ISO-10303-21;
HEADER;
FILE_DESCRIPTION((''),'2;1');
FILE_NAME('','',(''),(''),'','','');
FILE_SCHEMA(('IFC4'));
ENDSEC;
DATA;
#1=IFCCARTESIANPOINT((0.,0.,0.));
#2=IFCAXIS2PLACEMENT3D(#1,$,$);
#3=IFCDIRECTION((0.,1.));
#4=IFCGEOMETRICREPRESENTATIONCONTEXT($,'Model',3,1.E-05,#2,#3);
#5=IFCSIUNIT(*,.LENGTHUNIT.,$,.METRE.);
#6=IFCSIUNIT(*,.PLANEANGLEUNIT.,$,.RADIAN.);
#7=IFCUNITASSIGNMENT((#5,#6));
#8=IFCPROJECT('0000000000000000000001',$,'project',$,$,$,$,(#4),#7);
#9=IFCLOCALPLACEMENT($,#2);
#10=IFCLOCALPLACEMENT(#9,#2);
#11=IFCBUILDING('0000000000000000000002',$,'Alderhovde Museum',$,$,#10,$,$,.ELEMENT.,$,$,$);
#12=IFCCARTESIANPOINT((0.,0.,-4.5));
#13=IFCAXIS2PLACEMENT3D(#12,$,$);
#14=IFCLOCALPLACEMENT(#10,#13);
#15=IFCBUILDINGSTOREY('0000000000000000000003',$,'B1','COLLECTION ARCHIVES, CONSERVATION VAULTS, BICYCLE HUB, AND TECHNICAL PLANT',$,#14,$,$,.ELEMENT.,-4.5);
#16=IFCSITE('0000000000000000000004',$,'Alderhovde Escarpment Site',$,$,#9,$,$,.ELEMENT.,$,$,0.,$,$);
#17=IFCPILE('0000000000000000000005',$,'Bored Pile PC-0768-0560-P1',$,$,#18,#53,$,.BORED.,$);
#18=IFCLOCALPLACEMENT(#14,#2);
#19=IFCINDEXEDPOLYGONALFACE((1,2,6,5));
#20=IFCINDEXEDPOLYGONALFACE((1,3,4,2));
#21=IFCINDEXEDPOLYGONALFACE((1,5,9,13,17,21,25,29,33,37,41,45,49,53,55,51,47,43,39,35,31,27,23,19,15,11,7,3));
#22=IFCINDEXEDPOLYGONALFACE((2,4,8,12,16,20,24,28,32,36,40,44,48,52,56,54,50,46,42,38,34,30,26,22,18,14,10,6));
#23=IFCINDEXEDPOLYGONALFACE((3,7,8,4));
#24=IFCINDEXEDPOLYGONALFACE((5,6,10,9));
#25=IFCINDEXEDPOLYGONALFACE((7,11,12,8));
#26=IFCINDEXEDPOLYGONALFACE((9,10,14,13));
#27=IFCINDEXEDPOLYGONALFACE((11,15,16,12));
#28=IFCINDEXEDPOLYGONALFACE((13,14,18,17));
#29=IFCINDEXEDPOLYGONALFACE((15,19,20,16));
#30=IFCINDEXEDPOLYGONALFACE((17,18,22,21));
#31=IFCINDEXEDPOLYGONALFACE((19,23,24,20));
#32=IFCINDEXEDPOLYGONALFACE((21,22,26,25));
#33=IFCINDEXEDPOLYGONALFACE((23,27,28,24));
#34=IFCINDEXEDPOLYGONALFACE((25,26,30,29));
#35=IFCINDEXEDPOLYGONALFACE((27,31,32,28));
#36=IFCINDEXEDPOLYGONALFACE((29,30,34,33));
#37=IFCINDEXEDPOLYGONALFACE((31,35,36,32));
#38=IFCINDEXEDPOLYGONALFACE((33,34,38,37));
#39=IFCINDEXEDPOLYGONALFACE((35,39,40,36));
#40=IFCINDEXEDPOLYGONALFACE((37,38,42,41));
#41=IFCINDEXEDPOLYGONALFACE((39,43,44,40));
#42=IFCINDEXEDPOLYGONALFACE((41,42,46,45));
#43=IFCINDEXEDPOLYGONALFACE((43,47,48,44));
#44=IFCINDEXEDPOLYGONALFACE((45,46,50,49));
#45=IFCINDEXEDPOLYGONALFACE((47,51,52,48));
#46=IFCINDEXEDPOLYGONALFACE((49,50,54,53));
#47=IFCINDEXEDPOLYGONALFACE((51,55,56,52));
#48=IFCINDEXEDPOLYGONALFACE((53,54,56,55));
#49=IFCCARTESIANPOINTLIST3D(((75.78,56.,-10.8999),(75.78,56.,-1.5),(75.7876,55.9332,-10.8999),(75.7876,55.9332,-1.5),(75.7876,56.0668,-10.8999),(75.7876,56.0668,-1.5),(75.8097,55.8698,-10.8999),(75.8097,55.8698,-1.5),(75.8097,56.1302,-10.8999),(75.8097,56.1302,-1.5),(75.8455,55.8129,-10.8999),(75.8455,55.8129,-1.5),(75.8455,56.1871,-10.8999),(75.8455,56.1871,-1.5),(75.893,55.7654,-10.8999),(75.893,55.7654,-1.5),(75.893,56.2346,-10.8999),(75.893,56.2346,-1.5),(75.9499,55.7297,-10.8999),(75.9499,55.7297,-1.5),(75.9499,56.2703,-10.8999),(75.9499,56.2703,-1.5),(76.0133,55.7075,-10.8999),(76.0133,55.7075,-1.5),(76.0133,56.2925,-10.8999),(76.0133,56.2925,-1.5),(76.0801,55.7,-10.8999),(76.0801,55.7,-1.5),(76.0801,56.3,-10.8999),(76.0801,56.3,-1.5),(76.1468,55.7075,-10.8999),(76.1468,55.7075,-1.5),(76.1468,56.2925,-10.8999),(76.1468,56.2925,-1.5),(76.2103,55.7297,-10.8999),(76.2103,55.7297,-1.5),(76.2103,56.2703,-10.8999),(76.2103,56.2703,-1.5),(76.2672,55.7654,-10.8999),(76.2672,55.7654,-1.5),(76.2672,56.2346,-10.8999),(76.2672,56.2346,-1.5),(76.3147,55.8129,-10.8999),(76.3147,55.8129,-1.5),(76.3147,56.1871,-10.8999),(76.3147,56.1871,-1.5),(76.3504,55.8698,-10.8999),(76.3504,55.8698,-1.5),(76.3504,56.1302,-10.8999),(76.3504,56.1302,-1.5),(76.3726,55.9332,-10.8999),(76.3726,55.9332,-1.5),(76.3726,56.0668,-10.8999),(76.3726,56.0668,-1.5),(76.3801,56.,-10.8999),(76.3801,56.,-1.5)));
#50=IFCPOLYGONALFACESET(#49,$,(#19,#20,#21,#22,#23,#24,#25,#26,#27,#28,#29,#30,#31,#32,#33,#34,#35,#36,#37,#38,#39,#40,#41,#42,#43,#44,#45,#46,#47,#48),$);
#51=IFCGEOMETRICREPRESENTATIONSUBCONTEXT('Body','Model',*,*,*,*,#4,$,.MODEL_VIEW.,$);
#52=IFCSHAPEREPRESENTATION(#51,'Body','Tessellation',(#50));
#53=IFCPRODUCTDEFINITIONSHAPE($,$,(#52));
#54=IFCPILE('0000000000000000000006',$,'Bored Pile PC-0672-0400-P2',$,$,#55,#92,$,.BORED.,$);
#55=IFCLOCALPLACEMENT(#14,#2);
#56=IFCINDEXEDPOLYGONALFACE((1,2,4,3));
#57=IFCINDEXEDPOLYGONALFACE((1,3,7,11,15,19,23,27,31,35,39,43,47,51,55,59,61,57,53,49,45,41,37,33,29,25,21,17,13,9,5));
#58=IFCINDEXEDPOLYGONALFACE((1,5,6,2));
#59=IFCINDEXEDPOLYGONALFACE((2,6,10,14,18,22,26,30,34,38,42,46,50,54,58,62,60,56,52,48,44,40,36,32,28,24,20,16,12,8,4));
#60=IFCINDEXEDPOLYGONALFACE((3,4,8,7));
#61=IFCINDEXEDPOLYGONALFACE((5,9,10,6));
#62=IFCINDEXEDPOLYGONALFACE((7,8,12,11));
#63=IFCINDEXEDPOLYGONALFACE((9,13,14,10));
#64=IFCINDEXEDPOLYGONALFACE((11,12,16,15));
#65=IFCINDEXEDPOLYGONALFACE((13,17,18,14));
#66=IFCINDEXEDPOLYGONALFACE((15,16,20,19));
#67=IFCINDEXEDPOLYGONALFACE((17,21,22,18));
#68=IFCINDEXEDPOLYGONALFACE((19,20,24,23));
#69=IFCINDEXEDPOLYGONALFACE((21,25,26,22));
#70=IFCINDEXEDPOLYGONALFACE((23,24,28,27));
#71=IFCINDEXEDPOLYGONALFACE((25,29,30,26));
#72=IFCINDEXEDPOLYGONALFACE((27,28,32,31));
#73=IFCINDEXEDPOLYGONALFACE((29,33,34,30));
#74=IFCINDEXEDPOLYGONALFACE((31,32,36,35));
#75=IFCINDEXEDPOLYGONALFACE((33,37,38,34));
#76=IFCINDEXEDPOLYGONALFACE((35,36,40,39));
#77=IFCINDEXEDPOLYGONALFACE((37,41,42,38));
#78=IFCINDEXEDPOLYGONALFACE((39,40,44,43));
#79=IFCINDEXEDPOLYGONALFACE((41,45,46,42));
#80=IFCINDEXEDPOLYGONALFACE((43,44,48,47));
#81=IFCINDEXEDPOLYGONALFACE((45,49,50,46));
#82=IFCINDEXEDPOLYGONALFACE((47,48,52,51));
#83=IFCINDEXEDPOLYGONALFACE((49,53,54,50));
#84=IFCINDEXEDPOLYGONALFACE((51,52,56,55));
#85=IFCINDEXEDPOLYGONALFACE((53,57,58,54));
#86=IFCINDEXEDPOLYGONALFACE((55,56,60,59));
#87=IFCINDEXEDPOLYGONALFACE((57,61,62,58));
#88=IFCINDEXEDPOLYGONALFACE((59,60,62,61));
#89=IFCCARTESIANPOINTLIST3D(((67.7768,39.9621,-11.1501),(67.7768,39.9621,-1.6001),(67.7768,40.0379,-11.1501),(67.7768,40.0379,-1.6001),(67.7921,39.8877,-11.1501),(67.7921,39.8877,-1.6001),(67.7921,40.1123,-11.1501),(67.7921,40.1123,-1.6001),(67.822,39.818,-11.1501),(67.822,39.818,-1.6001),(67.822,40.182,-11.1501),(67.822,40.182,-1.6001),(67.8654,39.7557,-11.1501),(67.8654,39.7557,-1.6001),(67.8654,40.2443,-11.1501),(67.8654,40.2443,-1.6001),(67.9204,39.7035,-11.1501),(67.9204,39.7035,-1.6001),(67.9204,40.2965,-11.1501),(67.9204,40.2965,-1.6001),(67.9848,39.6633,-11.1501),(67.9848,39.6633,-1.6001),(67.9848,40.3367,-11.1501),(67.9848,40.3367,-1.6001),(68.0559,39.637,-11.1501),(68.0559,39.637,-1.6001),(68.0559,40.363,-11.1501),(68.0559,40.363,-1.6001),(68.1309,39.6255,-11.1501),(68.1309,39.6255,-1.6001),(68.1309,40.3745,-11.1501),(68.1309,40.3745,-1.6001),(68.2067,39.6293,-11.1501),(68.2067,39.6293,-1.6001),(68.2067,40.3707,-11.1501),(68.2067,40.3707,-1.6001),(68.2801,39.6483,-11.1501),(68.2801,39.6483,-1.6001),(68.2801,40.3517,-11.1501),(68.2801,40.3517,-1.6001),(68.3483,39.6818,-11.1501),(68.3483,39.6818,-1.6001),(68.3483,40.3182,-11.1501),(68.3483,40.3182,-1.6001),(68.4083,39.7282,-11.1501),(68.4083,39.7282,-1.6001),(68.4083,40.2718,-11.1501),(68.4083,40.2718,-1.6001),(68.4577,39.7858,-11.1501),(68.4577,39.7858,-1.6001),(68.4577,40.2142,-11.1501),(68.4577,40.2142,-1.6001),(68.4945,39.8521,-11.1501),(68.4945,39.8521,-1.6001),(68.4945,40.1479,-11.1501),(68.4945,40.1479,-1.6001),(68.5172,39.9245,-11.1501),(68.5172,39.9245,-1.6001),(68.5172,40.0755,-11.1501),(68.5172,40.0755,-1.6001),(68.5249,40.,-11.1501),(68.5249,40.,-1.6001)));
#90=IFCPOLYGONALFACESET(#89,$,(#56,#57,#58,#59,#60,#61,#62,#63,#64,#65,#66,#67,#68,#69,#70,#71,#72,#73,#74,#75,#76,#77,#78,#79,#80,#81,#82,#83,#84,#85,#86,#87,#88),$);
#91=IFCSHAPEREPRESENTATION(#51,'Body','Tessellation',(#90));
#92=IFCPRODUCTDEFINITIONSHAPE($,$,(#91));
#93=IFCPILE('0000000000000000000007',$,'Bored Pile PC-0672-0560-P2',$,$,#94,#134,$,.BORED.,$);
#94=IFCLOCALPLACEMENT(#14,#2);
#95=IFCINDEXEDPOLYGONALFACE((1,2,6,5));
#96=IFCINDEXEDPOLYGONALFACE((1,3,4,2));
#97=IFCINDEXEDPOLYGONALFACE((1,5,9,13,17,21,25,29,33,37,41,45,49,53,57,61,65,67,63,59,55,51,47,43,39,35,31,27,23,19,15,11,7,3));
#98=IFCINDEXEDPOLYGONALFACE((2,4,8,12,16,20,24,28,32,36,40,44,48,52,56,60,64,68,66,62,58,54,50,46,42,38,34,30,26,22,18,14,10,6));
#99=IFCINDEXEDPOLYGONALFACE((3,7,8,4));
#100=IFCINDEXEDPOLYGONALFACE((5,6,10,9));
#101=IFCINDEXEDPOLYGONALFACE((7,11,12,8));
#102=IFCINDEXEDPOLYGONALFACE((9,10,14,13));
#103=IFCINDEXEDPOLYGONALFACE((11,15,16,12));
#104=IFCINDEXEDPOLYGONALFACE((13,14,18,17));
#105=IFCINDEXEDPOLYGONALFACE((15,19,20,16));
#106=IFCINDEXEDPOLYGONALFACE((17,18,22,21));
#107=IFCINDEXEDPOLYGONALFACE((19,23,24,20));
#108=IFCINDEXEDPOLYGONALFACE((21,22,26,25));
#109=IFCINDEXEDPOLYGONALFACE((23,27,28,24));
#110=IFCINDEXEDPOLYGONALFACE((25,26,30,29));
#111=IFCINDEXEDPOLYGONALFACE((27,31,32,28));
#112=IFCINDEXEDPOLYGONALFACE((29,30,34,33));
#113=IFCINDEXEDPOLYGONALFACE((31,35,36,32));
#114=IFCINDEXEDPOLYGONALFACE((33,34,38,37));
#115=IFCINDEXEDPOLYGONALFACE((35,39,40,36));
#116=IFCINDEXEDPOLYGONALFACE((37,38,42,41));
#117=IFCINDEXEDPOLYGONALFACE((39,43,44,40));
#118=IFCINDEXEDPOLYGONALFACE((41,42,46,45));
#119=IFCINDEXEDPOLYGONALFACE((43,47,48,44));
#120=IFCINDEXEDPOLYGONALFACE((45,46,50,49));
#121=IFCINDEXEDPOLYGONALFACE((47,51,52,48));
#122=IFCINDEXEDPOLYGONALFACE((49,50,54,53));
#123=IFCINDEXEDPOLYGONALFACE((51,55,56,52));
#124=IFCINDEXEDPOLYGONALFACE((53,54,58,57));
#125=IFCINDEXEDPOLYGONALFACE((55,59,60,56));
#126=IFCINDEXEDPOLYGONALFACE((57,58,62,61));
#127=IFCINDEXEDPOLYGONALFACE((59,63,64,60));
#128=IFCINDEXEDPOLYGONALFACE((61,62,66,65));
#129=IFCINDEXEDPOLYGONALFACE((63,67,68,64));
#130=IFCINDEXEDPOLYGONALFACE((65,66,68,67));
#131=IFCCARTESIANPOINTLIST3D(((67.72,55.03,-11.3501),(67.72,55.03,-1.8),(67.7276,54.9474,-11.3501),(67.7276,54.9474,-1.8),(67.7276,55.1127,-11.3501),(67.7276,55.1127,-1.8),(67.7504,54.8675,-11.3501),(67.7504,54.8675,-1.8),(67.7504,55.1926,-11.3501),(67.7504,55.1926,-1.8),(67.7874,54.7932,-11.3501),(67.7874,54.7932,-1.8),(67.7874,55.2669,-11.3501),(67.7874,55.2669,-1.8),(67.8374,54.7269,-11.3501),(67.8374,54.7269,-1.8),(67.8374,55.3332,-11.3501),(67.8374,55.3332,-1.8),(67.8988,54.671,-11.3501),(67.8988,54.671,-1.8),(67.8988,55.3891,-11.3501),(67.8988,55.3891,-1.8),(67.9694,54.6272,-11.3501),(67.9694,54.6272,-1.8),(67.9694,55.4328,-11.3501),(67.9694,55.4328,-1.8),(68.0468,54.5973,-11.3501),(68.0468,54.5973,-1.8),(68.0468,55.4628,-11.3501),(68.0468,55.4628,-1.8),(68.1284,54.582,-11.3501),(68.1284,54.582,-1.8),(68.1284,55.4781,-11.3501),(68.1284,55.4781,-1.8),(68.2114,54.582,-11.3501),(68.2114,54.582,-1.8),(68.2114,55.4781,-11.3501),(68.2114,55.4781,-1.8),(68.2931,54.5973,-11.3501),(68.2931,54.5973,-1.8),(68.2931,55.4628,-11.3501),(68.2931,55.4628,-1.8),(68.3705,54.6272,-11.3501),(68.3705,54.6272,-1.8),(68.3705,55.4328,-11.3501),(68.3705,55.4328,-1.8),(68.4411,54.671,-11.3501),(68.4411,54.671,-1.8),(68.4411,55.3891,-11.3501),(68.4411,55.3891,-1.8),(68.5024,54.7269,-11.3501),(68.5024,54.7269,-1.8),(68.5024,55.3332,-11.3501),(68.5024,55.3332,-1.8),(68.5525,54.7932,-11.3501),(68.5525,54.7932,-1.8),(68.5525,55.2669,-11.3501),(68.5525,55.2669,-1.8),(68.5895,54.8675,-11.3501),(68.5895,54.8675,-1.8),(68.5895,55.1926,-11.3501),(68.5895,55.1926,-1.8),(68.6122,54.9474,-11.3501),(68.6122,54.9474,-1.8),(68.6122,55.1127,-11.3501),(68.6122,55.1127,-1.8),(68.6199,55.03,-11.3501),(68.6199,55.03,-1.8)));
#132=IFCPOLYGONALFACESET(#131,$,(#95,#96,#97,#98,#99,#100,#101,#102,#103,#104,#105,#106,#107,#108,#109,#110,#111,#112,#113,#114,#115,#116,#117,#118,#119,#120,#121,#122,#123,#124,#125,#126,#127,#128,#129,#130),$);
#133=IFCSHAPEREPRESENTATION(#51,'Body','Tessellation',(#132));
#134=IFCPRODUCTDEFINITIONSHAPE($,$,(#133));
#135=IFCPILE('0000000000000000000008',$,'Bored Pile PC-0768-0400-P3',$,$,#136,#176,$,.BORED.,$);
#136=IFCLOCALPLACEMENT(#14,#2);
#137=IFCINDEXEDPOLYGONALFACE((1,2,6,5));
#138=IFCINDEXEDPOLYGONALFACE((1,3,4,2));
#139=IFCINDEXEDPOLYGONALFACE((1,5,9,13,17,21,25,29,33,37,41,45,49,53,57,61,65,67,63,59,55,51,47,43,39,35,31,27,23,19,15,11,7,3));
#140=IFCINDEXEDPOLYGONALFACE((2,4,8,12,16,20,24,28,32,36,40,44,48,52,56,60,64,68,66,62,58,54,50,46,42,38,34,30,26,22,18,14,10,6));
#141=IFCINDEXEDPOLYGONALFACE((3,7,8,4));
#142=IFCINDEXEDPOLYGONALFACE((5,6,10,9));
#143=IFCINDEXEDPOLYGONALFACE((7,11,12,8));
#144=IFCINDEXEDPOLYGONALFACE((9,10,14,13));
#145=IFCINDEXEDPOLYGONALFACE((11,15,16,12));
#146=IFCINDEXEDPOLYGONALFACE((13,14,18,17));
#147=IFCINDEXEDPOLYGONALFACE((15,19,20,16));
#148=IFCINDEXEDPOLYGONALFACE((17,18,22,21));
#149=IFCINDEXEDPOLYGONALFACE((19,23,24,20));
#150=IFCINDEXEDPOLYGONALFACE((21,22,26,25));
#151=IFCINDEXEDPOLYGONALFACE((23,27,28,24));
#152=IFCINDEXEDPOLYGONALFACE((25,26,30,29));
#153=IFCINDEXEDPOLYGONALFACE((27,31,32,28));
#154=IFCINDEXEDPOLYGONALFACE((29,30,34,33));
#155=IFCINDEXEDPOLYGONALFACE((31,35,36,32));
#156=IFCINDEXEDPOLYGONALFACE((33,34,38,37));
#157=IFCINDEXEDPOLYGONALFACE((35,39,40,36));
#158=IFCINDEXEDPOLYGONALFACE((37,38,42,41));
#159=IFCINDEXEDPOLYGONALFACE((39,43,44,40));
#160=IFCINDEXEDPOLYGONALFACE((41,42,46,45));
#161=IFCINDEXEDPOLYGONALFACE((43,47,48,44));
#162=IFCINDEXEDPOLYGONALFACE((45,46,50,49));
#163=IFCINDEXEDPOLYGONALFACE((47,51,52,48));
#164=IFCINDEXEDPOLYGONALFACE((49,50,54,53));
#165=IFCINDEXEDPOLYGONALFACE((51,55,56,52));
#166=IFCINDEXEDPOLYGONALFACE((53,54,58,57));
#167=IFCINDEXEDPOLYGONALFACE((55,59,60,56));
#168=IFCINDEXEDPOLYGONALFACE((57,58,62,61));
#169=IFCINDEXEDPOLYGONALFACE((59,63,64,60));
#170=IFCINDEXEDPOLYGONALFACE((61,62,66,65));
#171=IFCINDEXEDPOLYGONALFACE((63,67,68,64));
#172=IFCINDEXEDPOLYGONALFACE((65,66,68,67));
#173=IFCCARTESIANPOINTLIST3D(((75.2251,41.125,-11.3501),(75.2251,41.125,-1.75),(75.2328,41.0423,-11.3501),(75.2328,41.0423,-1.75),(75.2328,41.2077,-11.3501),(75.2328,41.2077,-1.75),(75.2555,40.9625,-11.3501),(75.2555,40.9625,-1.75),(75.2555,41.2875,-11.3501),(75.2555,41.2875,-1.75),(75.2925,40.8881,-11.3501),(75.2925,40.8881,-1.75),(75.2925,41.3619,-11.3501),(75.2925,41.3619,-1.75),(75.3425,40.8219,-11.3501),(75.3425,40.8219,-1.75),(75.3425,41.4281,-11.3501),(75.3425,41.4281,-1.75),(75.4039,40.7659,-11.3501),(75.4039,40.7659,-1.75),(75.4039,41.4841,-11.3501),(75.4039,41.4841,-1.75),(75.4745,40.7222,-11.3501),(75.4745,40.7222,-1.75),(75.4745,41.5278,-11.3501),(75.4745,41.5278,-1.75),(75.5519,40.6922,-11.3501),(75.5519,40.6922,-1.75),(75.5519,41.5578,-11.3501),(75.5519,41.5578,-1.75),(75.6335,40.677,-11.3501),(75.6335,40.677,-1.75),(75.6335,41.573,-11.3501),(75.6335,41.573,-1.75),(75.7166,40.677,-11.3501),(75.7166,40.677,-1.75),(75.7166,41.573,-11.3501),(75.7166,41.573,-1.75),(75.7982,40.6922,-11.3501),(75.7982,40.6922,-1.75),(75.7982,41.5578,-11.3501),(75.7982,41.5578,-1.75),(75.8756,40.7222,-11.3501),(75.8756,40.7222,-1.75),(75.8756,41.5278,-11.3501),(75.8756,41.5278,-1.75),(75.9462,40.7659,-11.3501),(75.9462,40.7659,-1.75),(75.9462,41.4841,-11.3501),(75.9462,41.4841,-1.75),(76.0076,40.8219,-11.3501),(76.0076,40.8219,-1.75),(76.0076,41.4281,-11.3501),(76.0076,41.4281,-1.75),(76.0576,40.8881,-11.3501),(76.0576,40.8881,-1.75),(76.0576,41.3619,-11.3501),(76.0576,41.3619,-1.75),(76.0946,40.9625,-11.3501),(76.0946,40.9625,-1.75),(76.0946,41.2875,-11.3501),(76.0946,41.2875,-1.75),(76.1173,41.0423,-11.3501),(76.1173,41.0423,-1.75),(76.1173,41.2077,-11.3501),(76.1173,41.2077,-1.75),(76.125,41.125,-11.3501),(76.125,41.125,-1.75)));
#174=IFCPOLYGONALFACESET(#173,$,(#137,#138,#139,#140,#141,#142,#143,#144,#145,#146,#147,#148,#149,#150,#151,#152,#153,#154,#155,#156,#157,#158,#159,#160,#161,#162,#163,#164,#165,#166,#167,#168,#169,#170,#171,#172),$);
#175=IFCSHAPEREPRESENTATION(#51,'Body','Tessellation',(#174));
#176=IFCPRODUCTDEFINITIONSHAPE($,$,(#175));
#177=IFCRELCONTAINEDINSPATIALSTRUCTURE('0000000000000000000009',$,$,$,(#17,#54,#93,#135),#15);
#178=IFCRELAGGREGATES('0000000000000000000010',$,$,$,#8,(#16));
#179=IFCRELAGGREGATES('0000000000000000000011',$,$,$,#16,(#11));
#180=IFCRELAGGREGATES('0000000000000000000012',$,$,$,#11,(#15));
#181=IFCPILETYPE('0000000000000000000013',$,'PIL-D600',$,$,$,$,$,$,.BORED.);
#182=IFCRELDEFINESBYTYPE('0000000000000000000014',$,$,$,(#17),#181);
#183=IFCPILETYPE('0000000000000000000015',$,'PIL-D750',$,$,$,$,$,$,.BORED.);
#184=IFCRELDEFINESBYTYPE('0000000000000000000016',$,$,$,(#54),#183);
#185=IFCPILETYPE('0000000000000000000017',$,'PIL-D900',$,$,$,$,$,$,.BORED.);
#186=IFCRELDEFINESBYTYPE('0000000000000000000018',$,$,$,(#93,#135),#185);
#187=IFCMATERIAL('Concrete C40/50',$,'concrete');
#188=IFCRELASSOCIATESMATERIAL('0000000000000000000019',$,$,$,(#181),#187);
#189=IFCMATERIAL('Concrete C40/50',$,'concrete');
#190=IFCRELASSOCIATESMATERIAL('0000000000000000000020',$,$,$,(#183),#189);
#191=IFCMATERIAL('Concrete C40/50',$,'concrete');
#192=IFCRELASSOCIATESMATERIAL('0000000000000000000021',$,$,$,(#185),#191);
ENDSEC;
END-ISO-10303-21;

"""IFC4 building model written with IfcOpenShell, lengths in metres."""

from ifc_helpers import new_model, si_unit, direction, frame, origin, origin_2d, place, context, subcontext, project, spatial, circle, extrude, material, material_profile, profile_set, type_object, element, save


model = new_model("IFC4")

# Units and contexts
model_context = context("Model", 3, precision=1e-05, world=origin(), true_north=direction((0.0, 1.0)))
body_context = subcontext(model_context, "Body", "Model", "MODEL_VIEW")
ifc_project = project(units=[si_unit("LENGTHUNIT", "METRE"), si_unit("PLANEANGLEUNIT", "RADIAN")], contexts=[model_context])

# Site, building, storey
site_placement = place(None, origin())
site = spatial("IfcSite", under=ifc_project, at=site_placement, Name="Alderhovde Escarpment Site", CompositionType="ELEMENT", RefElevation=0.0)
building_placement = place(site_placement, origin())
building = spatial("IfcBuilding", under=site, at=building_placement, Name="Alderhovde Museum", CompositionType="ELEMENT")
storey_placement = place(building_placement, frame((0.0, 0.0, -4.5)))
storey = spatial("IfcBuildingStorey", under=building, at=storey_placement, Name="B1", Description="COLLECTION ARCHIVES, CONSERVATION VAULTS, BICYCLE HUB, AND TECHNICAL PLANT", CompositionType="ELEMENT", Elevation=-4.5)

# Piles
ifc_material_1 = material(Name="Concrete C40/50", Category="concrete")
ifc_material_profile_1 = material_profile(ifc_material_1, circle(Radius=0.3, at=origin_2d()), Name="PILE-D600")
ifc_profile_set_1 = profile_set([ifc_material_profile_1], Name="Concrete C40/50")
pile_type_1 = type_object("IfcPileType", Name="PIL-D600", PredefinedType="BORED", material=ifc_profile_set_1)
pile_1_placement = place(storey_placement, frame((76.0801, 56.0, -1.5), z_axis=(0.0, 0.0, -1.0), x_axis=(1.0, 0.0, 0.0)))
element("IfcPile", 1, at=pile_1_placement, inside=storey, type_object=pile_type_1, Name="Bored Pile PC-0768-0560-P1", PredefinedType="BORED", context=body_context, shape_type="SweptSolid", body=[
    extrude(circle(Radius=0.3, at=origin_2d()), origin(), (0.0, 0.0, 1.0), 9.3999),
])
ifc_material_2 = material(Name="Concrete C40/50", Category="concrete")
ifc_material_profile_2 = material_profile(ifc_material_2, circle(Radius=0.375, at=origin_2d()), Name="PILE-D750")
ifc_profile_set_2 = profile_set([ifc_material_profile_2], Name="Concrete C40/50")
pile_type_2 = type_object("IfcPileType", Name="PIL-D750", PredefinedType="BORED", material=ifc_profile_set_2)
pile_2_placement = place(storey_placement, frame((68.1499, 40.0, -1.6001), z_axis=(0.0, 0.0, -1.0), x_axis=(1.0, 0.0, 0.0)))
element("IfcPile", 2, at=pile_2_placement, inside=storey, type_object=pile_type_2, Name="Bored Pile PC-0672-0400-P2", PredefinedType="BORED", context=body_context, shape_type="SweptSolid", body=[
    extrude(circle(Radius=0.375, at=origin_2d()), origin(), (0.0, 0.0, 1.0), 9.55),
])
ifc_material_3 = material(Name="Concrete C40/50", Category="concrete")
ifc_material_profile_3 = material_profile(ifc_material_3, circle(Radius=0.45, at=origin_2d()), Name="PILE-D900")
ifc_profile_set_3 = profile_set([ifc_material_profile_3], Name="Concrete C40/50")
pile_type_3 = type_object("IfcPileType", Name="PIL-D900", PredefinedType="BORED", material=ifc_profile_set_3)
pile_3_placement = place(storey_placement, frame((68.1699, 55.03, -1.8), z_axis=(0.0, 0.0, -1.0), x_axis=(1.0, 0.0, 0.0)))
element("IfcPile", 3, at=pile_3_placement, inside=storey, type_object=pile_type_3, Name="Bored Pile PC-0672-0560-P2", PredefinedType="BORED", context=body_context, shape_type="SweptSolid", body=[
    extrude(circle(Radius=0.45, at=origin_2d()), origin(), (0.0, 0.0, 1.0), 9.55),
])
for number, where, z_axis, x_axis, name in (
    (4, (75.675, 41.125, -1.75), (0.0, 0.0, -1.0), (1.0, 0.0, 0.0), "Bored Pile PC-0768-0400-P3"),
):
    element("IfcPile", number, at=place(storey_placement, frame(where, z_axis=z_axis, x_axis=x_axis)), inside=storey, type_object=pile_type_3, Name=name, PredefinedType="BORED", context=body_context, shape_type="SweptSolid", body=[
        extrude(circle(Radius=0.45, at=origin_2d()), origin(), (0.0, 0.0, 1.0), 9.6001),
    ])

save(model, "model.ifc")
